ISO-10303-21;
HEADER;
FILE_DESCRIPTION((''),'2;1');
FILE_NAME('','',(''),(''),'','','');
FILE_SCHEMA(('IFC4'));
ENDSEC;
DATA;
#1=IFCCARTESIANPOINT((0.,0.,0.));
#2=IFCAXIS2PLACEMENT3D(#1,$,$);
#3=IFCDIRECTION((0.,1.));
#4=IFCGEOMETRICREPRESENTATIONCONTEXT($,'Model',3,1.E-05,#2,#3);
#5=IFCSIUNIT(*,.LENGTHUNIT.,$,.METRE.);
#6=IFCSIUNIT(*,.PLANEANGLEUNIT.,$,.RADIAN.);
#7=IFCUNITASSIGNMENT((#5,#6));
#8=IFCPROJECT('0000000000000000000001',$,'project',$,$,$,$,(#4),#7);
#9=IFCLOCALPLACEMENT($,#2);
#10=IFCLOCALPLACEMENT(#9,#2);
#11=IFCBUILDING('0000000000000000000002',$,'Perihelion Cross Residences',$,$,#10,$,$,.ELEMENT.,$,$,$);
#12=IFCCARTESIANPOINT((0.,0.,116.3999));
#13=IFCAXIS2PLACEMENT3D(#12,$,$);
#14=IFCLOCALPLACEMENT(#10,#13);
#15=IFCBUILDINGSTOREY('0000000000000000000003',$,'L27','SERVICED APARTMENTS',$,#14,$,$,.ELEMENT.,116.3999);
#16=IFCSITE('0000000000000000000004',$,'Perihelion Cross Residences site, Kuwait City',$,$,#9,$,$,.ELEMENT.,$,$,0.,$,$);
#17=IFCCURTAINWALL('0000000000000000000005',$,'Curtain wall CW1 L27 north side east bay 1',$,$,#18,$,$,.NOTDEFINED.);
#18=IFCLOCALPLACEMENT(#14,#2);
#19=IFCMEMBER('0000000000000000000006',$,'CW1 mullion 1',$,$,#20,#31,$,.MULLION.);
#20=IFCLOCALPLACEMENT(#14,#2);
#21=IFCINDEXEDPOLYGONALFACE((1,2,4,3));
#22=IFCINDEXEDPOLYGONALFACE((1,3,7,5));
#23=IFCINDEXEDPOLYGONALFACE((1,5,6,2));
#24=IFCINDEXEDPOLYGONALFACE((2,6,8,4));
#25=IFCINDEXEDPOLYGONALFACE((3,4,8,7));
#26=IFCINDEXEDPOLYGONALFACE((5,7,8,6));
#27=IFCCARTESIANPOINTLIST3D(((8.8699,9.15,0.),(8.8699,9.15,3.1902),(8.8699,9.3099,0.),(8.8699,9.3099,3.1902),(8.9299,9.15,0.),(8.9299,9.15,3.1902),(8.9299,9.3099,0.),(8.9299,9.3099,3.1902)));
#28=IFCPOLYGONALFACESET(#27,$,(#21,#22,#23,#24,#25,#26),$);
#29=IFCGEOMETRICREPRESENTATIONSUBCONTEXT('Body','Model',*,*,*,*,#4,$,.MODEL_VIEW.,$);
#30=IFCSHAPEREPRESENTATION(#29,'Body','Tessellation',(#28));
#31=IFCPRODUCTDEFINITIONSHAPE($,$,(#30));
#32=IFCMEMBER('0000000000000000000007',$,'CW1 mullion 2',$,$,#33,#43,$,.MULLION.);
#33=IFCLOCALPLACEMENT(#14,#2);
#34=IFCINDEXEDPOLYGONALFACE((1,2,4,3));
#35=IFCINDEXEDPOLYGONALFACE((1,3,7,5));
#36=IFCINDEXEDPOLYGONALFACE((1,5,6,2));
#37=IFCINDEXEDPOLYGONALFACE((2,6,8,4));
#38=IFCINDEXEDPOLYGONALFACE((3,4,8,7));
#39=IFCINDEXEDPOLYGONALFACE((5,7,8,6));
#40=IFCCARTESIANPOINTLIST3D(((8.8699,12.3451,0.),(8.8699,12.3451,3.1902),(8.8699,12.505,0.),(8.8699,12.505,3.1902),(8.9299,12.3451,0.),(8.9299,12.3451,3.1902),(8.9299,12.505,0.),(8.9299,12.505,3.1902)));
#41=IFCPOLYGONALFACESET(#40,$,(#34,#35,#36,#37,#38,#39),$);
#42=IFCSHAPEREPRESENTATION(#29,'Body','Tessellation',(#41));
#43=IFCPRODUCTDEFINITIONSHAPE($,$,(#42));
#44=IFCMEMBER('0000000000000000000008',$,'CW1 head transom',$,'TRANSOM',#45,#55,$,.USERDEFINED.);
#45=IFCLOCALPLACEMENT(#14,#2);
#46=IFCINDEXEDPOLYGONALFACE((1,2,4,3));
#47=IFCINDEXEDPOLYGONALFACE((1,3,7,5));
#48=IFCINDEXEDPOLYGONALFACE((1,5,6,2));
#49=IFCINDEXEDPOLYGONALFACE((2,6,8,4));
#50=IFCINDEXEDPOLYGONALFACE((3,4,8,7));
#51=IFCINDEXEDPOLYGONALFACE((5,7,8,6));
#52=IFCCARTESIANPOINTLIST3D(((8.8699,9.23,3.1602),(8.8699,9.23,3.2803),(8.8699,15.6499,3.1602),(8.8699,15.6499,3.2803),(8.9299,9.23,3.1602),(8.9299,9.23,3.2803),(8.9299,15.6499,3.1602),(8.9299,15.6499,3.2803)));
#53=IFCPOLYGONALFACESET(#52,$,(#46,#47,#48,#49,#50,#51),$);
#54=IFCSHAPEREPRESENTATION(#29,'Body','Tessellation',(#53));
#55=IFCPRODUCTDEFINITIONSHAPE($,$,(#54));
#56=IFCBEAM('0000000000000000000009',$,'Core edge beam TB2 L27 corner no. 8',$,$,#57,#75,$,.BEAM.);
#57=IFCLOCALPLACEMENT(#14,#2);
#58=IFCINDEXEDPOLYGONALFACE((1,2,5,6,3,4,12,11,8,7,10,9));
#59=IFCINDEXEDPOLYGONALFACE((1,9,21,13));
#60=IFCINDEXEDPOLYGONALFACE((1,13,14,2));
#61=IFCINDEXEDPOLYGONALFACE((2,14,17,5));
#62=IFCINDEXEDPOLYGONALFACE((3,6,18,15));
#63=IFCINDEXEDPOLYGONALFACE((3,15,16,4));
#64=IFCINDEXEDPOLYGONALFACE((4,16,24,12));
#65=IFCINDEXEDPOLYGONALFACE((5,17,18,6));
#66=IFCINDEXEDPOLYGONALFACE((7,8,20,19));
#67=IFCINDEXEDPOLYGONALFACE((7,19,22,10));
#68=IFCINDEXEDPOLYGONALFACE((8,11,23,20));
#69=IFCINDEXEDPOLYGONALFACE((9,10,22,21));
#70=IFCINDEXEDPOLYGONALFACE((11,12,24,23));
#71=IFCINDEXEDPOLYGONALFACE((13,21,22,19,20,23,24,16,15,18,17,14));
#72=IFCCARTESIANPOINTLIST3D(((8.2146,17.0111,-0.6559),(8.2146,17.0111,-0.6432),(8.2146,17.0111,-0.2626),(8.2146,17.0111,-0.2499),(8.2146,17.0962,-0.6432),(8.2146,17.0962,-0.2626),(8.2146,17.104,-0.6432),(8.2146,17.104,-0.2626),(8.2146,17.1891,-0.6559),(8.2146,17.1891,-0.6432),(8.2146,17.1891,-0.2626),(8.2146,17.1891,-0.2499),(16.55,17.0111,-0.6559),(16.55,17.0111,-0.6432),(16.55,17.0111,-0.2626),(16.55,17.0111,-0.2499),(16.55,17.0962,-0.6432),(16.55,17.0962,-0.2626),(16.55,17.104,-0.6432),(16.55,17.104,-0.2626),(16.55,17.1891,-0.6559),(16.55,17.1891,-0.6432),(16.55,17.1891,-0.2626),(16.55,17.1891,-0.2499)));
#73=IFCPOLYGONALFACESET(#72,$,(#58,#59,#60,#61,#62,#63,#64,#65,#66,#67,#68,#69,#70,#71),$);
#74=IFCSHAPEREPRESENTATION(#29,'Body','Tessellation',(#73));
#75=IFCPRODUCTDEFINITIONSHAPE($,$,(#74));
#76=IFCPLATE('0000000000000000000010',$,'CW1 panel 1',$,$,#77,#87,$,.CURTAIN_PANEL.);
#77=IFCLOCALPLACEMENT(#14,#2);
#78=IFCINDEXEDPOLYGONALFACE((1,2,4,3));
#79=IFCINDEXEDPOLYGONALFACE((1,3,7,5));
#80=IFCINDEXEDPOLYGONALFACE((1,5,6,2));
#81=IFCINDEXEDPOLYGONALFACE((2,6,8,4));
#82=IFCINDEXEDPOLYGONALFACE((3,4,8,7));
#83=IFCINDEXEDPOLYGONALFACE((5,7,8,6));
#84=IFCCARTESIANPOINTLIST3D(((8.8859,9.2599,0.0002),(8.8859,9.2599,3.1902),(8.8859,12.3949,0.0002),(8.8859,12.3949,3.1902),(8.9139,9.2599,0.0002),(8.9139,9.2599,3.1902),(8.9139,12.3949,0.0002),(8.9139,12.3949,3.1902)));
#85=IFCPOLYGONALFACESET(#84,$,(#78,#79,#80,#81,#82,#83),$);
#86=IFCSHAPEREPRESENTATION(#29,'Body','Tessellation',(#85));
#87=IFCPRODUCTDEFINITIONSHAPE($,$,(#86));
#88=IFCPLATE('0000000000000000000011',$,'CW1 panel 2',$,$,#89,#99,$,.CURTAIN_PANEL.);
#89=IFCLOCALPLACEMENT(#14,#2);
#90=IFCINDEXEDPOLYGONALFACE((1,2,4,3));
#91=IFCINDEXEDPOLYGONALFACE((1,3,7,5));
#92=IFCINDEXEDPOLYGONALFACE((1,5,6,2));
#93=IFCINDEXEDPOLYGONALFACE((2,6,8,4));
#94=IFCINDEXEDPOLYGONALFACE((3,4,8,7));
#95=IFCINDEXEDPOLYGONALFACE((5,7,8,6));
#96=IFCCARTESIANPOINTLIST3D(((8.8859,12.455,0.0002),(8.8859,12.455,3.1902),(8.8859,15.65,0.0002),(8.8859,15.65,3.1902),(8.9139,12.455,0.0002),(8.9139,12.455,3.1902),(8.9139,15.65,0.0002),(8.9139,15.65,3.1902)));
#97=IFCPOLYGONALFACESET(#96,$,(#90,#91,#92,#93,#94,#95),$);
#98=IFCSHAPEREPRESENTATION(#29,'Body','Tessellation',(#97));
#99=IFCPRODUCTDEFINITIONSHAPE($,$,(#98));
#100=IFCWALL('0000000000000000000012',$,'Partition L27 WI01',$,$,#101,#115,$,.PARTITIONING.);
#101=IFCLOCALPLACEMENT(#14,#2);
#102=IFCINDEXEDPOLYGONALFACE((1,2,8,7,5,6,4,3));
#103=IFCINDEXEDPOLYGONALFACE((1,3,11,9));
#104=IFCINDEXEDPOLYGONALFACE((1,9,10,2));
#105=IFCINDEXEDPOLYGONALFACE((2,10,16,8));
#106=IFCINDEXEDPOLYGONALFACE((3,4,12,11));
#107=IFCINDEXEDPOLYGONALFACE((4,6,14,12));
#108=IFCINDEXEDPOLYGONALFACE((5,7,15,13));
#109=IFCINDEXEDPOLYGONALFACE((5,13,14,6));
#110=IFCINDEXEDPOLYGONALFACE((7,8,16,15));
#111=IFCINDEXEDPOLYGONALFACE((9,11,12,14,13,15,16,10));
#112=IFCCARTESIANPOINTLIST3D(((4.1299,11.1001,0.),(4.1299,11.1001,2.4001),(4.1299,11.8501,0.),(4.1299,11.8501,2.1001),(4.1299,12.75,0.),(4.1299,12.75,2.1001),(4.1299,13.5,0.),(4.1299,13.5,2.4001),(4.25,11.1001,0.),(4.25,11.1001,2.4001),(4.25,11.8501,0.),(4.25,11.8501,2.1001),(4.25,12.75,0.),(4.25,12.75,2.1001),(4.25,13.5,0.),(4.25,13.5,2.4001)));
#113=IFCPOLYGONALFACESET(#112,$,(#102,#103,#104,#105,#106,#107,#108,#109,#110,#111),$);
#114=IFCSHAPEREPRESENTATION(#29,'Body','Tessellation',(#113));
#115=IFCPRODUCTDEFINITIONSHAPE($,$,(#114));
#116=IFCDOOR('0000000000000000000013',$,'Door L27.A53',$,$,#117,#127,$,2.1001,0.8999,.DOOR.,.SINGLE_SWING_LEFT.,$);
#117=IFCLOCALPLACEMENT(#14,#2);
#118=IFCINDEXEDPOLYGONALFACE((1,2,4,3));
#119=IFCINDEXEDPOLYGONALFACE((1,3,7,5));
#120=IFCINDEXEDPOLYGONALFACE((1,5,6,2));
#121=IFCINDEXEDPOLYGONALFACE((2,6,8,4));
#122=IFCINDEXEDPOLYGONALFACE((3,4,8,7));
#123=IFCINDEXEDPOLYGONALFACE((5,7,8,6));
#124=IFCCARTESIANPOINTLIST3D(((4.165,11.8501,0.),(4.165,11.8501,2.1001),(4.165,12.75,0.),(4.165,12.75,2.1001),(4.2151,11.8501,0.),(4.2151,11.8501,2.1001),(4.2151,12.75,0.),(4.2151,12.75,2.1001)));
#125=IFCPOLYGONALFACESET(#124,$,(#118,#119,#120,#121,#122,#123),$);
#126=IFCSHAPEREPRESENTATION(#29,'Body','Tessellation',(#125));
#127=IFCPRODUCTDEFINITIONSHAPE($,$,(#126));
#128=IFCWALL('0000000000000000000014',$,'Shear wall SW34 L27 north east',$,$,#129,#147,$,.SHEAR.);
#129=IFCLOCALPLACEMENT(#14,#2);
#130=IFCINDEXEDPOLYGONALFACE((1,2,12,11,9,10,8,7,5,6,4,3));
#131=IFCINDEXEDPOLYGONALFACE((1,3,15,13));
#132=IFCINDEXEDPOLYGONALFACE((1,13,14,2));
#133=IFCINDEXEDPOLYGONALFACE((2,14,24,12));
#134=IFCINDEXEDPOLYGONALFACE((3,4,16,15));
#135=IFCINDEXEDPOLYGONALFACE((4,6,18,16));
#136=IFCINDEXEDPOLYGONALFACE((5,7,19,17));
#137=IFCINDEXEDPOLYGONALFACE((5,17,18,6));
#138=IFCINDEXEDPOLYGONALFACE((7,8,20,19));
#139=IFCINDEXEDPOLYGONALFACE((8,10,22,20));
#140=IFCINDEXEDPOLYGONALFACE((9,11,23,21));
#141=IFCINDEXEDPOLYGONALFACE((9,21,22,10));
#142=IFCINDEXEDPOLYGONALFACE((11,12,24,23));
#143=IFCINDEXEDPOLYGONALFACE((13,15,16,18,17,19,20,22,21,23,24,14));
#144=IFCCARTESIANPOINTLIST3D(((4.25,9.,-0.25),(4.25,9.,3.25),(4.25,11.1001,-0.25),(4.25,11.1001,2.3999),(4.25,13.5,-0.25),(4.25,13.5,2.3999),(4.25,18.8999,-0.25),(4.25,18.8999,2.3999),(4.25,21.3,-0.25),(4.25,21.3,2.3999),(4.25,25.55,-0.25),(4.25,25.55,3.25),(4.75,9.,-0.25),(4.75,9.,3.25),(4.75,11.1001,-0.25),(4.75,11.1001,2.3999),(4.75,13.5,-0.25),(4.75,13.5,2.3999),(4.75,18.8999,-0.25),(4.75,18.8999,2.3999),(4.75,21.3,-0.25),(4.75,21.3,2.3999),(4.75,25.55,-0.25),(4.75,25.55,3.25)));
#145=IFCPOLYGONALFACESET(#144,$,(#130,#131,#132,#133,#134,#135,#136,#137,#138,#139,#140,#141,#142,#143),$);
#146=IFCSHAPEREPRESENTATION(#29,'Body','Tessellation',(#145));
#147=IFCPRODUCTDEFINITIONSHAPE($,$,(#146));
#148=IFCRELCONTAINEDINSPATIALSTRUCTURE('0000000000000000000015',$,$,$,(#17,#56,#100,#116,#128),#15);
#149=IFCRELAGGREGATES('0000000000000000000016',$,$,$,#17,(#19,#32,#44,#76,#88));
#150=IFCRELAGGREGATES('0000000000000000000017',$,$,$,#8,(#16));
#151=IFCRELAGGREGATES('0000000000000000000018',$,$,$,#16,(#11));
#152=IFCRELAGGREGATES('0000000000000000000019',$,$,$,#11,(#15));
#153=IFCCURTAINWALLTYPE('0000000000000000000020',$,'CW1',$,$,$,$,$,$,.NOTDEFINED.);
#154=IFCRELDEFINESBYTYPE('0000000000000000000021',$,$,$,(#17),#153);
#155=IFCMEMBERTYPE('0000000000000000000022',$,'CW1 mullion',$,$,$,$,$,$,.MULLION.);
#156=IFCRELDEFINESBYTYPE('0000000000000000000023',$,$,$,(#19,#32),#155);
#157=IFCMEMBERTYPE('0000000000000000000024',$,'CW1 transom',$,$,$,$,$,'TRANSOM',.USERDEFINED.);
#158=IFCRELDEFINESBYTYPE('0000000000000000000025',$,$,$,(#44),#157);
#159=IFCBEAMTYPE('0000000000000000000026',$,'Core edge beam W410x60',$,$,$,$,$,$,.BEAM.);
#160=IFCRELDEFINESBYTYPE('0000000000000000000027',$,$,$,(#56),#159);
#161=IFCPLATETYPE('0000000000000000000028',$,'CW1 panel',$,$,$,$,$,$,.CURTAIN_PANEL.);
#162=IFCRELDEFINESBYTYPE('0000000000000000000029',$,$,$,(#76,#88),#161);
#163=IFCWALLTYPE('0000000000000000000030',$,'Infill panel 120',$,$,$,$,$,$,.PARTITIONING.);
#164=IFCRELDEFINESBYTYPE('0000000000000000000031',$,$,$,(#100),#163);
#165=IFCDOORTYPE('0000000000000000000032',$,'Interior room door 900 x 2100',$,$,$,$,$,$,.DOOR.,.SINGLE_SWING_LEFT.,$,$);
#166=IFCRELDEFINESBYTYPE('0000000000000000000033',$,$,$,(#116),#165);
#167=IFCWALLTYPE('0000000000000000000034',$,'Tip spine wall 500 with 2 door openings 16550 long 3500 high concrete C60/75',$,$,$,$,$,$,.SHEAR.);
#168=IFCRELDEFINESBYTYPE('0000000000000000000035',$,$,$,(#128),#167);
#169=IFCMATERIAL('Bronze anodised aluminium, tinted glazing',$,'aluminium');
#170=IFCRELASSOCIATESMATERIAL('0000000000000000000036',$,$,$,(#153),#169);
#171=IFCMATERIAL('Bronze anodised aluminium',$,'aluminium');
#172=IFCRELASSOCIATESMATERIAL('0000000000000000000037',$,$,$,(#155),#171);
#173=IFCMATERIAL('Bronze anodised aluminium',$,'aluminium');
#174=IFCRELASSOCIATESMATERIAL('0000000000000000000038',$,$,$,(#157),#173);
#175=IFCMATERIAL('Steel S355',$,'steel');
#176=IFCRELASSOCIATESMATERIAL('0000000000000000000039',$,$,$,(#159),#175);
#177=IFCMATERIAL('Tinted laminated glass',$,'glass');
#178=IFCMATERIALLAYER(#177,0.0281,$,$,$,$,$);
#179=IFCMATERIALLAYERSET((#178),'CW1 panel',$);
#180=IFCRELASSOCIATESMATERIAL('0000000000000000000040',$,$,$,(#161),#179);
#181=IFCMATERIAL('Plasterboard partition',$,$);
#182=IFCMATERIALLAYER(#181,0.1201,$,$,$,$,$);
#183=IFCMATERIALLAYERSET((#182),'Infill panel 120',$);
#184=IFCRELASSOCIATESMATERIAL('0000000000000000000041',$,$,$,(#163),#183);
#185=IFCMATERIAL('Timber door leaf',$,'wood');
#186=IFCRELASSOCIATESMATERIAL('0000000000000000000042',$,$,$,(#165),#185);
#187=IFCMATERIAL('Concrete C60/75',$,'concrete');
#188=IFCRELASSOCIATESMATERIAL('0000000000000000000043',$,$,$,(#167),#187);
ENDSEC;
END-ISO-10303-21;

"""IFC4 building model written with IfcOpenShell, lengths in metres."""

from ifc_helpers import new_model, si_unit, direction, frame, frame_2d, origin, origin_2d, place, context, subcontext, project, spatial, polyline, rectangle, i_section, outline, extrude, material, layer, layer_set, material_profile, profile_set, type_object, element, fill, aggregate, save


model = new_model("IFC4")

# Units and contexts
model_context = context("Model", 3, precision=1e-05, world=origin(), true_north=direction((0.0, 1.0)))
body_context = subcontext(model_context, "Body", "Model", "MODEL_VIEW")
ifc_project = project(units=[si_unit("LENGTHUNIT", "METRE"), si_unit("PLANEANGLEUNIT", "RADIAN")], contexts=[model_context])

# Site, building, storey
site_placement = place(None, origin())
site = spatial("IfcSite", under=ifc_project, at=site_placement, Name="Perihelion Cross Residences site, Kuwait City", CompositionType="ELEMENT", RefElevation=0.0)
building_placement = place(site_placement, origin())
building = spatial("IfcBuilding", under=site, at=building_placement, Name="Perihelion Cross Residences", CompositionType="ELEMENT")
storey_placement = place(building_placement, frame((0.0, 0.0, 116.3999)))
storey = spatial("IfcBuildingStorey", under=building, at=storey_placement, Name="L27", Description="SERVICED APARTMENTS", CompositionType="ELEMENT", Elevation=116.3999)

# Curtain wall, members
ifc_material_1 = material(Name="Bronze anodised aluminium, tinted glazing", Category="aluminium")
curtain_wall_type = type_object("IfcCurtainWallType", Name="CW1", PredefinedType="NOTDEFINED", material=ifc_material_1)
curtain_wall_placement = place(storey_placement, origin())
curtain_wall = element("IfcCurtainWall", 1, at=curtain_wall_placement, inside=storey, type_object=curtain_wall_type, Name="Curtain wall CW1 L27 north side east bay 1", PredefinedType="NOTDEFINED")
ifc_material_2 = material(Name="Bronze anodised aluminium", Category="aluminium")
ifc_material_profile_1 = material_profile(ifc_material_2, rectangle(XDim=0.0601, YDim=0.1599, at=origin_2d()), Name="CW1 mullion")
ifc_profile_set_1 = profile_set([ifc_material_profile_1], Name="Bronze anodised aluminium")
member_type_1 = type_object("IfcMemberType", Name="CW1 mullion", PredefinedType="MULLION", material=ifc_profile_set_1)
member_1_placement = place(storey_placement, frame((8.8999, 9.23, 0.0), z_axis=(0.0, 0.0, 1.0), x_axis=(-1.0, 0.0, 0.0)))
member_1 = element("IfcMember", 2, at=member_1_placement, type_object=member_type_1, Name="CW1 mullion 1", PredefinedType="MULLION", context=body_context, shape_type="SweptSolid", body=[
    extrude(rectangle(XDim=0.0601, YDim=0.1599, at=origin_2d()), origin(), (0.0, 0.0, 1.0), 3.1902),
])
member_2_placement = place(storey_placement, frame((8.8999, 12.425, 0.0), z_axis=(0.0, 0.0, 1.0), x_axis=(-1.0, 0.0, 0.0)))
member_2 = element("IfcMember", 3, at=member_2_placement, type_object=member_type_1, Name="CW1 mullion 2", PredefinedType="MULLION", context=body_context, shape_type="SweptSolid", body=[
    extrude(rectangle(XDim=0.0601, YDim=0.1599, at=origin_2d()), origin(), (0.0, 0.0, 1.0), 3.1902),
])
ifc_material_3 = material(Name="Bronze anodised aluminium", Category="aluminium")
ifc_material_profile_2 = material_profile(ifc_material_3, rectangle(XDim=0.0601, YDim=0.1201, at=origin_2d()), Name="CW1 transom")
ifc_profile_set_2 = profile_set([ifc_material_profile_2], Name="Bronze anodised aluminium")
member_type_2 = type_object("IfcMemberType", Name="CW1 transom", ElementType="TRANSOM", PredefinedType="USERDEFINED", material=ifc_profile_set_2)
member_3_placement = place(storey_placement, frame((8.8999, 9.23, 3.2202), z_axis=(0.0, 1.0, 0.0), x_axis=(-1.0, 0.0, 0.0)))
member_3 = element("IfcMember", 4, at=member_3_placement, type_object=member_type_2, Name="CW1 head transom", ObjectType="TRANSOM", PredefinedType="USERDEFINED", context=body_context, shape_type="SweptSolid", body=[
    extrude(rectangle(XDim=0.0601, YDim=0.1201, at=origin_2d()), origin(), (0.0, 0.0, 1.0), 6.4199),
])

# Beam
ifc_material_4 = material(Name="Steel S355", Category="steel")
ifc_material_profile_3 = material_profile(ifc_material_4, i_section(OverallWidth=0.178, OverallDepth=0.406, WebThickness=0.0078, FlangeThickness=0.0127, at=origin_2d()), Name="W410x60")
ifc_profile_set_3 = profile_set([ifc_material_profile_3], Name="Steel S355")
beam_type = type_object("IfcBeamType", Name="Core edge beam W410x60", PredefinedType="BEAM", material=ifc_profile_set_3)
beam_placement = place(storey_placement, frame((8.2146, 17.1001, -0.4529), z_axis=(1.0, 0.0, 0.0), x_axis=(0.0, 1.0, 0.0)))
element("IfcBeam", 5, at=beam_placement, inside=storey, type_object=beam_type, Name="Core edge beam TB2 L27 corner no. 8", PredefinedType="BEAM", context=body_context, shape_type="SweptSolid", body=[
    extrude(i_section(OverallWidth=0.178, OverallDepth=0.406, WebThickness=0.0078, FlangeThickness=0.0127, at=origin_2d()), origin(), (0.0, 0.0, 1.0), 8.3354),
])

# Plates
ifc_material_5 = material(Name="Tinted laminated glass", Category="glass")
ifc_layer_1 = layer(ifc_material_5, 0.0281)
ifc_layer_set_1 = layer_set([ifc_layer_1], Name="CW1 panel")
plate_type = type_object("IfcPlateType", Name="CW1 panel", PredefinedType="CURTAIN_PANEL", material=ifc_layer_set_1)
plate_1_placement = place(storey_placement, frame((8.8999, 10.8274, 0.0002), z_axis=(0.0, 0.0, 1.0), x_axis=(0.0, 1.0, 0.0)))
plate_1 = element("IfcPlate", 6, at=plate_1_placement, type_object=plate_type, Name="CW1 panel 1", PredefinedType="CURTAIN_PANEL", context=body_context, shape_type="SweptSolid", body=[
    extrude(rectangle(XDim=3.135, YDim=0.0281, at=origin_2d()), origin(), (0.0, 0.0, 1.0), 3.1899),
])
plate_2_placement = place(storey_placement, frame((8.8999, 14.0525, 0.0002), z_axis=(0.0, 0.0, 1.0), x_axis=(0.0, 1.0, 0.0)))
plate_2 = element("IfcPlate", 7, at=plate_2_placement, type_object=plate_type, Name="CW1 panel 2", PredefinedType="CURTAIN_PANEL", context=body_context, shape_type="SweptSolid", body=[
    extrude(rectangle(XDim=3.1951, YDim=0.0281, at=origin_2d()), origin(), (0.0, 0.0, 1.0), 3.1899),
])
aggregate(curtain_wall, [member_1, member_2, member_3, plate_1, plate_2])

# Wall, opening, door
ifc_material_6 = material(Name="Plasterboard partition")
ifc_layer_2 = layer(ifc_material_6, 0.1201)
ifc_layer_set_2 = layer_set([ifc_layer_2], Name="Infill panel 120")
wall_type_1 = type_object("IfcWallType", Name="Infill panel 120", PredefinedType="PARTITIONING", material=ifc_layer_set_2)
wall_1_placement = place(storey_placement, frame((4.1899, 11.1001, 0.0), z_axis=(0.0, 0.0, 1.0), x_axis=(0.0, 1.0, 0.0)))
wall_1 = element("IfcWall", 8, at=wall_1_placement, inside=storey, type_object=wall_type_1, Name="Partition L27 WI01", PredefinedType="PARTITIONING", context=body_context, shape_type="SweptSolid", body=[
    extrude(rectangle(XDim=2.3999, YDim=0.1201, at=frame_2d((1.2, 0.0))), origin(), (0.0, 0.0, 1.0), 2.4001),
])
opening_1_placement = place(wall_1_placement, frame((0.75, 0.0, 0.0)))
opening_1 = element("IfcOpeningElement", 9, at=opening_1_placement, cuts=wall_1, PredefinedType="OPENING", context=body_context, shape_type="SweptSolid", body=[
    extrude(rectangle(XDim=0.8999, YDim=2.1001, at=frame_2d((0.45, 1.05))), frame((0.0, 0.0701, 0.0), z_axis=(0.0, -1.0, 0.0), x_axis=(1.0, 0.0, 0.0)), (0.0, 0.0, 1.0), 0.1401),
])
ifc_material_7 = material(Name="Timber door leaf", Category="wood")
door_type_1 = type_object("IfcDoorType", Name="Interior room door 900 x 2100", OperationType="SINGLE_SWING_LEFT", PredefinedType="DOOR", material=ifc_material_7)
door_1_placement = place(opening_1_placement, origin())
door_1 = element("IfcDoor", 10, at=door_1_placement, inside=storey, type_object=door_type_1, Name="Door L27.A53", OperationType="SINGLE_SWING_LEFT", OverallHeight=2.1001, OverallWidth=0.8999, PredefinedType="DOOR", context=body_context, shape_type="SweptSolid", body=[
    extrude(rectangle(XDim=0.8999, YDim=2.1001, at=frame_2d((0.45, 1.05))), frame((0.0, 0.0249, 0.0), z_axis=(0.0, -1.0, 0.0), x_axis=(1.0, 0.0, 0.0)), (0.0, 0.0, 1.0), 0.05),
])
fill(opening_1, door_1)

# Wall
ifc_material_8 = material(Name="Concrete C60/75", Category="concrete")
ifc_material_profile_4 = material_profile(ifc_material_8, outline(polyline([(0.0, 0.0), (2.1001, 0.0), (2.1001, 2.6499), (4.5, 2.6499), (4.5, 0.0), (9.8999, 0.0), (9.8999, 2.6499), (12.3, 2.6499), (12.3, 0.0), (16.55, 0.0), (16.55, 3.5), (0.0, 3.5), (0.0, 0.0)])), Name="Tip spine wall")
ifc_profile_set_4 = profile_set([ifc_material_profile_4], Name="Concrete C60/75")
wall_type_2 = type_object("IfcWallType", Name="Tip spine wall 500 with 2 door openings 16550 long 3500 high concrete C60/75", PredefinedType="SHEAR", material=ifc_profile_set_4)
wall_2_placement = place(storey_placement, frame((4.25, 9.0, -0.25), z_axis=(1.0, 0.0, 0.0), x_axis=(0.0, 1.0, 0.0)))
element("IfcWall", 11, at=wall_2_placement, inside=storey, type_object=wall_type_2, Name="Shear wall SW34 L27 north east", PredefinedType="SHEAR", context=body_context, shape_type="SweptSolid", body=[
    extrude(outline(polyline([(0.0, 0.0), (2.1001, 0.0), (2.1001, 2.6499), (4.5, 2.6499), (4.5, 0.0), (9.8999, 0.0), (9.8999, 2.6499), (12.3, 2.6499), (12.3, 0.0), (16.55, 0.0), (16.55, 3.5), (0.0, 3.5), (0.0, 0.0)])), origin(), (0.0, 0.0, 1.0), 0.5),
])

save(model, "model.ifc")
